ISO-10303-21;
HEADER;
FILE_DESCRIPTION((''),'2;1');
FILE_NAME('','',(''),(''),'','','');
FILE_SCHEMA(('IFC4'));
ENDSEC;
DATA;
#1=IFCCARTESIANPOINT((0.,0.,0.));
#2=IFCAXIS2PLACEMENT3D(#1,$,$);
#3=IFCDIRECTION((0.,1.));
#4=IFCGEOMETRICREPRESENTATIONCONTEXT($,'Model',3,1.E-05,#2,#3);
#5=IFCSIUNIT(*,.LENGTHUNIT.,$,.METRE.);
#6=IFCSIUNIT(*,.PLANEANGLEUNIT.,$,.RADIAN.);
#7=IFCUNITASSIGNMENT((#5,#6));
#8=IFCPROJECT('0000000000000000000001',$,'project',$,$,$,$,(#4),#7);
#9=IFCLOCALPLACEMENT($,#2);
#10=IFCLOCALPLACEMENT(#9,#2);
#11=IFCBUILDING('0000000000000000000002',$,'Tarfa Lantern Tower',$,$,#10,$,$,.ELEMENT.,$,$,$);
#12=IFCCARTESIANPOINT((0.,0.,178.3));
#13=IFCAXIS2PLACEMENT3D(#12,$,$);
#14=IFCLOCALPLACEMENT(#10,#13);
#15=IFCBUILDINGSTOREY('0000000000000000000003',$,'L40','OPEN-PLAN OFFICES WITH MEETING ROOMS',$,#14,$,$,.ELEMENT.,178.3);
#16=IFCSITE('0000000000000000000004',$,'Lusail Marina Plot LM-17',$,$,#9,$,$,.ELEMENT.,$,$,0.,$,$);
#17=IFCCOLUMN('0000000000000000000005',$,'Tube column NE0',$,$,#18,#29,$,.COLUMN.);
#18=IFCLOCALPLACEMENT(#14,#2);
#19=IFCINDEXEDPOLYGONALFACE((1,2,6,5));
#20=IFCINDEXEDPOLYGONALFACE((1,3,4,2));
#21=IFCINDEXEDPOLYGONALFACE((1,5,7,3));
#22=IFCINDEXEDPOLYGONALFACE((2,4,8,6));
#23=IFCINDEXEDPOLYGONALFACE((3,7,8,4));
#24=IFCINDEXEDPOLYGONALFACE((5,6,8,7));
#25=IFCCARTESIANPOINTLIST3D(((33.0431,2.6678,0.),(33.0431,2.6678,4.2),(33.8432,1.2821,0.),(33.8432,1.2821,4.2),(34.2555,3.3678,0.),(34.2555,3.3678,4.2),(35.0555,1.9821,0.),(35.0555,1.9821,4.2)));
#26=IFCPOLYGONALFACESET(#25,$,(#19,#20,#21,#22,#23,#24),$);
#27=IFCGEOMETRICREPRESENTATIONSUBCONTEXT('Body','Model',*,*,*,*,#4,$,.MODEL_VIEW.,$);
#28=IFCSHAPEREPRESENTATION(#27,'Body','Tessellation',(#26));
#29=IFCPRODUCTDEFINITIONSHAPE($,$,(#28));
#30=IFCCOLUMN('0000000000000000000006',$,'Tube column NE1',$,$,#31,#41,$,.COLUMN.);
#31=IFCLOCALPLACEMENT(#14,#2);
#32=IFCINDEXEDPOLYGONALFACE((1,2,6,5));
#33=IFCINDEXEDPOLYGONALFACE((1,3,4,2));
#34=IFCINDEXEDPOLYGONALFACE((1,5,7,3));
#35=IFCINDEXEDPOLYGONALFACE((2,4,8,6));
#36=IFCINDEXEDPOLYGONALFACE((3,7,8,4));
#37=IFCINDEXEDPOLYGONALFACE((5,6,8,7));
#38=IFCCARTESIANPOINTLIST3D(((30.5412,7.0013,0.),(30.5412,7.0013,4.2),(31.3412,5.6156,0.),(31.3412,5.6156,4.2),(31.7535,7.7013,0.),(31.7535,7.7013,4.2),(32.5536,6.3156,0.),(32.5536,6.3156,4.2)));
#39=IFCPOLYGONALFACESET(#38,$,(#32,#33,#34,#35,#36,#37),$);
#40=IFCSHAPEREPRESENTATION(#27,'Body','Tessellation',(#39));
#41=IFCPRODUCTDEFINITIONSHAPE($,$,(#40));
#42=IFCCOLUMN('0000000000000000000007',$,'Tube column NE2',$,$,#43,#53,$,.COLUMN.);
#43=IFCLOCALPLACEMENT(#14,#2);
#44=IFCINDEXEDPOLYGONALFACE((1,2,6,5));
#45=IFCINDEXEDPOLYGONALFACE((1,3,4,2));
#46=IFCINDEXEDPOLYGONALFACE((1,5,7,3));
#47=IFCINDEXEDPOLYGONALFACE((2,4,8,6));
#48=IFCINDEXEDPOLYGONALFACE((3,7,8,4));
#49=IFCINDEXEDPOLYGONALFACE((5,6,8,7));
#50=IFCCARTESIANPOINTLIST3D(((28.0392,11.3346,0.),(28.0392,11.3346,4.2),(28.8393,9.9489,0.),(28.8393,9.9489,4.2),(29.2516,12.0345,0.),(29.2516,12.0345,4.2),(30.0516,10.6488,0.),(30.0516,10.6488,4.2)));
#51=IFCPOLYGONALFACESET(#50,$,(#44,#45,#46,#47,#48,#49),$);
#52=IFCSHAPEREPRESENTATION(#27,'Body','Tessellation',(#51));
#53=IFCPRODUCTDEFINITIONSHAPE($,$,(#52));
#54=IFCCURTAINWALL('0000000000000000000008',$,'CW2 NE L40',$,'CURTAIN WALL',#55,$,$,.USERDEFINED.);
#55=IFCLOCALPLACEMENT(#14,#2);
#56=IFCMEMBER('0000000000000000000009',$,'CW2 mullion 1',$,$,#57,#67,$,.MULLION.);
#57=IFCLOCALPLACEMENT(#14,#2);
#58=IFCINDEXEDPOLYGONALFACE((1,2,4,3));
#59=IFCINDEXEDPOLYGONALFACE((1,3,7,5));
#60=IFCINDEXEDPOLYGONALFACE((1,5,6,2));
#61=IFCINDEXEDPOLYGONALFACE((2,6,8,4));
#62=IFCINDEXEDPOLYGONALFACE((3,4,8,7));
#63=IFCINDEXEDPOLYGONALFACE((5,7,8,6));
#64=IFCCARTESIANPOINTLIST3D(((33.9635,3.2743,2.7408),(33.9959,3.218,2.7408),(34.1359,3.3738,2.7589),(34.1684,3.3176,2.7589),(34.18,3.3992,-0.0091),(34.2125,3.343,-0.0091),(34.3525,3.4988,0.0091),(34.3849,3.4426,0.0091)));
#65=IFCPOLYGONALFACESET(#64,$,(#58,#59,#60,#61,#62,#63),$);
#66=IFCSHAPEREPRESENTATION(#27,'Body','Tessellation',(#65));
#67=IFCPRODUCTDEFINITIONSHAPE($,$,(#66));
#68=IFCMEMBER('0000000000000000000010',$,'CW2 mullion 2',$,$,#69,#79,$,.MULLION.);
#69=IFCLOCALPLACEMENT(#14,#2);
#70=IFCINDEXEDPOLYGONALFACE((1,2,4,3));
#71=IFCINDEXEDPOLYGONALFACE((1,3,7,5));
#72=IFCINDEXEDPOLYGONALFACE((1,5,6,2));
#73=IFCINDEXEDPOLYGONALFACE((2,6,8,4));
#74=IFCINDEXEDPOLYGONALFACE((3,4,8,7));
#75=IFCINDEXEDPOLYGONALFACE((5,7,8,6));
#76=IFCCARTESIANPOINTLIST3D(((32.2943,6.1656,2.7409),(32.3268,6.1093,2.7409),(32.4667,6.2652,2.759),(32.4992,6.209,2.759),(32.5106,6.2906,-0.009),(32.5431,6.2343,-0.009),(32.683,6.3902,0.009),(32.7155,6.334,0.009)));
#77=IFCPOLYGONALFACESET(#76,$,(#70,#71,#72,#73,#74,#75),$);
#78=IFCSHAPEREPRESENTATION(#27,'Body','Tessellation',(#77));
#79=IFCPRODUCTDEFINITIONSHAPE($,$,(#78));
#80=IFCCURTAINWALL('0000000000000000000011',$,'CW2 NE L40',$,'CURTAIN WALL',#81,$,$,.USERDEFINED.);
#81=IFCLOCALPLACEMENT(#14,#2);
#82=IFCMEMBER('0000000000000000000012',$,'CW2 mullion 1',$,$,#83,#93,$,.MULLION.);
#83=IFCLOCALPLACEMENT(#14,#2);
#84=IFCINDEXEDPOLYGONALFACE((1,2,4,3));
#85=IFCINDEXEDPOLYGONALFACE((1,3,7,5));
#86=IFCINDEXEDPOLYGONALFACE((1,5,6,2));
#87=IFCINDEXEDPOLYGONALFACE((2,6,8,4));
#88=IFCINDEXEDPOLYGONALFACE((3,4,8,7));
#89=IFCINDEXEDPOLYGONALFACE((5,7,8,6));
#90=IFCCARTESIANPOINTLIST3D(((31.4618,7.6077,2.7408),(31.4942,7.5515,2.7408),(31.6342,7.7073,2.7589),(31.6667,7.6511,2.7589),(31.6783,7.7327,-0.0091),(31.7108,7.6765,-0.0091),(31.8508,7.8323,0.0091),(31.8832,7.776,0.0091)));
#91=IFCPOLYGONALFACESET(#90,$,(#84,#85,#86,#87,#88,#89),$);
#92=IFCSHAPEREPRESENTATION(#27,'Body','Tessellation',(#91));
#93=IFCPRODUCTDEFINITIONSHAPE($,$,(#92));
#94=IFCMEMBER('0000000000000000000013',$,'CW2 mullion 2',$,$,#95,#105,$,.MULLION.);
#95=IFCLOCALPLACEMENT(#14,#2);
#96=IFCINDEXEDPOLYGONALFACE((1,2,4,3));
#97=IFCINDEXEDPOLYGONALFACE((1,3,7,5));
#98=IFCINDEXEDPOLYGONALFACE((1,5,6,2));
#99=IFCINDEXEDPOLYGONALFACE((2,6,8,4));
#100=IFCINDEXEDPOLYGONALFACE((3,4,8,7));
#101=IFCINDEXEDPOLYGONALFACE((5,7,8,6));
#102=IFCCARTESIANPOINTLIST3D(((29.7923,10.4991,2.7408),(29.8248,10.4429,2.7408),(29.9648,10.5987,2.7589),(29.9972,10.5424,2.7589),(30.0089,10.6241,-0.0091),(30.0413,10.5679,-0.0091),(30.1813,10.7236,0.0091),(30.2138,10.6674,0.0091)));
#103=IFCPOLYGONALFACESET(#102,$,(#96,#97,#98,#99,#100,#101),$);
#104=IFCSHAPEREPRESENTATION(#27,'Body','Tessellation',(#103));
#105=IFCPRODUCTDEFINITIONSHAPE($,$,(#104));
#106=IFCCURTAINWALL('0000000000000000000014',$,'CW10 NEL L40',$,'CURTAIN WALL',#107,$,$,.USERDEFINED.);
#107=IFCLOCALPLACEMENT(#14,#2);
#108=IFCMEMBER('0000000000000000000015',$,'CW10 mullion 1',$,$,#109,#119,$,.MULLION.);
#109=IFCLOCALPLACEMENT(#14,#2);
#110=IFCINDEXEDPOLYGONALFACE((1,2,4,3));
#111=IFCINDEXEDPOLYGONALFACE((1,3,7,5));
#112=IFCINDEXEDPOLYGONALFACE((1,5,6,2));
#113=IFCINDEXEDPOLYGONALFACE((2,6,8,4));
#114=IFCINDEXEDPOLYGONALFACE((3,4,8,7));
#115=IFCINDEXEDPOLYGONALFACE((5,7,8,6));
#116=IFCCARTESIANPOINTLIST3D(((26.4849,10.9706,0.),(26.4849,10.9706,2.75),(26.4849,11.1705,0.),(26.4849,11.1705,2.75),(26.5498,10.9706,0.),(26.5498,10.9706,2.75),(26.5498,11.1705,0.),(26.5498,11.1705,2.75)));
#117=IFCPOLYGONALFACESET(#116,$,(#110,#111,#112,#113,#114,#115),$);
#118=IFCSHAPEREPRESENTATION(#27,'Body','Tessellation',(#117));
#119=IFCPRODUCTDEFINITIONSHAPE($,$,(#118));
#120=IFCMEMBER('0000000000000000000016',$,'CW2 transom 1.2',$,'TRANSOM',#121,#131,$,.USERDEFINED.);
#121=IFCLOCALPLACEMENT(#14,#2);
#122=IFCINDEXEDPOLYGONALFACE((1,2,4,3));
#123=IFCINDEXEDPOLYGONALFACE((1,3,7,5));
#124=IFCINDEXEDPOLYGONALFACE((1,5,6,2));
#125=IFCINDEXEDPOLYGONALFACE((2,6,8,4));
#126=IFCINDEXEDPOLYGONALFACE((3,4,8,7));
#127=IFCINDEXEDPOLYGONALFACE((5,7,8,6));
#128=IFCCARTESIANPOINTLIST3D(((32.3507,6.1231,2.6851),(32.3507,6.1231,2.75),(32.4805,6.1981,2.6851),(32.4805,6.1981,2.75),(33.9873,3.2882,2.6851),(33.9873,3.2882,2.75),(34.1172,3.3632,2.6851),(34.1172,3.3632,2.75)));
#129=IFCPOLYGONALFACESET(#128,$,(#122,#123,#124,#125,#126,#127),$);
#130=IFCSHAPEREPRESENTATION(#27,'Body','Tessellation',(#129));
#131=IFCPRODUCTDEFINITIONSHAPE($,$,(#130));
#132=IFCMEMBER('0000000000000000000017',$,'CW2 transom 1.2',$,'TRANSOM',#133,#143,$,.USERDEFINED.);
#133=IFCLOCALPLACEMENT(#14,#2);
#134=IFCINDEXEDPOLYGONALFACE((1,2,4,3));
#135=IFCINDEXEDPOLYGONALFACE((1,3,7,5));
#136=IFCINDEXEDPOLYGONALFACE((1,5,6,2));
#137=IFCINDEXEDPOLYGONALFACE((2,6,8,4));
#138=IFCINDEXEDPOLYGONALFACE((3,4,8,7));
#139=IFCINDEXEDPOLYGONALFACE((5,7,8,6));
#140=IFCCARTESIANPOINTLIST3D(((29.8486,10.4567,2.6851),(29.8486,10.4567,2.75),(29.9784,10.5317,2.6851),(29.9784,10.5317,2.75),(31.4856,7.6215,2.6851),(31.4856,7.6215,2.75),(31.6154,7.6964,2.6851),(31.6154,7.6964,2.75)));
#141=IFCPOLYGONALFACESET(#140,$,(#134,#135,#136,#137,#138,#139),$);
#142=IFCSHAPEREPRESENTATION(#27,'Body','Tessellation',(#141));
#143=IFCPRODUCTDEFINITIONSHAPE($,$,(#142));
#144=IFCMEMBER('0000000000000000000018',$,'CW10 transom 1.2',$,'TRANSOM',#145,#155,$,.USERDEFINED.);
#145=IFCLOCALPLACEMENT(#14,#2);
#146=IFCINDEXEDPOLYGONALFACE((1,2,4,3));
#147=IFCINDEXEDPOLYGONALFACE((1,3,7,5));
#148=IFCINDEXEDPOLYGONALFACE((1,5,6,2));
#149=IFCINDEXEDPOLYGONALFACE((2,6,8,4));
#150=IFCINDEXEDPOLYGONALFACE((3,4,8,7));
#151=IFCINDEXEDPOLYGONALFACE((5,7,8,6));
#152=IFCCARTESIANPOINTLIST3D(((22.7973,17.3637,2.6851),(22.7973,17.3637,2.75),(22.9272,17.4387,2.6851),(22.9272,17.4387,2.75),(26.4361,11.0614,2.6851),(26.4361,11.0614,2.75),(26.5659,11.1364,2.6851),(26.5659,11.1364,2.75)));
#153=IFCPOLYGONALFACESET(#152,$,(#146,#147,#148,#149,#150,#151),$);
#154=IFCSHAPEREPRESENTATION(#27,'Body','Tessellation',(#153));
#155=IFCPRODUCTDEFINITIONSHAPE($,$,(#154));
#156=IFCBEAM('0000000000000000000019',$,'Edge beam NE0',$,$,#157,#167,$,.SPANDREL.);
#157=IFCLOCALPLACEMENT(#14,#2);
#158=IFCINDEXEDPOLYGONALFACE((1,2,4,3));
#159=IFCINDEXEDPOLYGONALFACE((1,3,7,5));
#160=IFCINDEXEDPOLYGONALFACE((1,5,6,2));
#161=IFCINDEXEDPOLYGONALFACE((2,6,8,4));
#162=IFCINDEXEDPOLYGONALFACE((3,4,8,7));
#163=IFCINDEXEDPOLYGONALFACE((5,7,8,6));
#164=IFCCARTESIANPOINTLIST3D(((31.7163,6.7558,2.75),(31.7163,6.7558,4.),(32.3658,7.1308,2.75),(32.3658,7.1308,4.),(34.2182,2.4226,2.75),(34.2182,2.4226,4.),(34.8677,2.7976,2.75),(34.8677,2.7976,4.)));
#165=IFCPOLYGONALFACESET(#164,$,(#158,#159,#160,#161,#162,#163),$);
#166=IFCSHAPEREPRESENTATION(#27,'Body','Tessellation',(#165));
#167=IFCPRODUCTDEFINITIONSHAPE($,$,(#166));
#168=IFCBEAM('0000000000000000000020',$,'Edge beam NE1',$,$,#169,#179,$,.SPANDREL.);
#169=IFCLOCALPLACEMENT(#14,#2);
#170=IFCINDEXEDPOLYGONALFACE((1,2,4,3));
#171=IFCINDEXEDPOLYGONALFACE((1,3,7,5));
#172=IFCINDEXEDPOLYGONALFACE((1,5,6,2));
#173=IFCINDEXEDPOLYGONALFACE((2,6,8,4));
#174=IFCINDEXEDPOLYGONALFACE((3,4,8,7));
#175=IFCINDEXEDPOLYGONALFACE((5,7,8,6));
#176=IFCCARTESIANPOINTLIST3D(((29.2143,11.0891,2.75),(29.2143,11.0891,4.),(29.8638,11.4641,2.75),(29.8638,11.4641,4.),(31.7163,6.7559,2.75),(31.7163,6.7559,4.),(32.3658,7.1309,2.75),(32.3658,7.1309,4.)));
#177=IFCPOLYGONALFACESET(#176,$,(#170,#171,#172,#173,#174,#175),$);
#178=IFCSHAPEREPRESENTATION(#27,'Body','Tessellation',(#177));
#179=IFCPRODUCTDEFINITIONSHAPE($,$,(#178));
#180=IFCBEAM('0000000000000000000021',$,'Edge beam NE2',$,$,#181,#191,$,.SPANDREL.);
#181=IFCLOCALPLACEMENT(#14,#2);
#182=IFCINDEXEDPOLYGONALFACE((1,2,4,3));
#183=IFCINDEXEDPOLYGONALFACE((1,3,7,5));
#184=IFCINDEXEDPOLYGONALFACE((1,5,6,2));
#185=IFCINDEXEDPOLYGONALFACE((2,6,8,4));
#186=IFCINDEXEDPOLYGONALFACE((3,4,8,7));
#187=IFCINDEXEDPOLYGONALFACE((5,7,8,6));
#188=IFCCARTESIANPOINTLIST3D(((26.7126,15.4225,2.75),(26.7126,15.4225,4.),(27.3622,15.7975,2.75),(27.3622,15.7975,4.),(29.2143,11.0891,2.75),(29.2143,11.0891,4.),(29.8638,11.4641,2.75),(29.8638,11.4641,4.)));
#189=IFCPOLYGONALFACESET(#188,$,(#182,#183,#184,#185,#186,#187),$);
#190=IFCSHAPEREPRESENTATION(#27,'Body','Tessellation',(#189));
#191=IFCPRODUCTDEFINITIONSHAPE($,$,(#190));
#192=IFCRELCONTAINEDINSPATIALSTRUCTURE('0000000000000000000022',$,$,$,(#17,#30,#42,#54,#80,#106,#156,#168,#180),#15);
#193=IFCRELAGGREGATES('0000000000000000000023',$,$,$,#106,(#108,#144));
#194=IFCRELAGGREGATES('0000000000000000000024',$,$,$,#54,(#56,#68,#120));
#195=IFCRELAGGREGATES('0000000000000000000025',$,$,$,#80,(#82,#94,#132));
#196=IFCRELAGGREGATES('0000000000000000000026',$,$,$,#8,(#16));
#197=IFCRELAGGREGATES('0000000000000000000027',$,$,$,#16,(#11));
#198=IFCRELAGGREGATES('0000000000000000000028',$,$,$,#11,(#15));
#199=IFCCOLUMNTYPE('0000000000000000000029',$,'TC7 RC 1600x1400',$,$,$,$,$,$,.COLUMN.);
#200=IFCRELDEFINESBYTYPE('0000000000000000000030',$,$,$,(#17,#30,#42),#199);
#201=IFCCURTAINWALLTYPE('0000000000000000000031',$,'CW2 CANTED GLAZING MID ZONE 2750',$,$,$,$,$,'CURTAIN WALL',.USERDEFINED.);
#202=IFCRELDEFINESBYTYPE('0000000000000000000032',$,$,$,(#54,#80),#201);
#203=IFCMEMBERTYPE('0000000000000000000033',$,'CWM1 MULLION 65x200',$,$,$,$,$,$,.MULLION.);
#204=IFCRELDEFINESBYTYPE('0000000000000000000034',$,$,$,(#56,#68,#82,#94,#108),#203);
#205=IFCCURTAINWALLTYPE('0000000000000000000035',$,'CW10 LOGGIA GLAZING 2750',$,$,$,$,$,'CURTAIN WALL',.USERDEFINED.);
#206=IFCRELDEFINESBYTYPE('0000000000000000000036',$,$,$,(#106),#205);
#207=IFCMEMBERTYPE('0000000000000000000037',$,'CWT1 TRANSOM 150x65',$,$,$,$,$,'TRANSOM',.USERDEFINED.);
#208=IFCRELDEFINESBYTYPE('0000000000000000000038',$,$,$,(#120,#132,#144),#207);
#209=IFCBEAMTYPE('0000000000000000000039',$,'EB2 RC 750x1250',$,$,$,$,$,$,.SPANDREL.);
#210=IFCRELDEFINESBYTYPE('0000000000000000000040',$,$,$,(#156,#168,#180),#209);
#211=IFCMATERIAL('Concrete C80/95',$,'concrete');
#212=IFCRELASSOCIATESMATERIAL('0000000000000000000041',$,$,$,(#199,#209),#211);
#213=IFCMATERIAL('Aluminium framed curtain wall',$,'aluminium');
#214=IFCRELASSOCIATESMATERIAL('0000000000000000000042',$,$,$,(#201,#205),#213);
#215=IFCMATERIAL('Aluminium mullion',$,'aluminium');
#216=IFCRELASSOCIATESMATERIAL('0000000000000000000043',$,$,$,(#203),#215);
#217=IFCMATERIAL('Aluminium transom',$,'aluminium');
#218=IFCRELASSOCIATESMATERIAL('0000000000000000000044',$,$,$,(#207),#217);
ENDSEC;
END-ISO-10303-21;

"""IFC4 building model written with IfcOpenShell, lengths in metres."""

from ifc_helpers import new_model, si_unit, direction, frame, origin, origin_2d, place, context, subcontext, project, spatial, rectangle, extrude, material, material_profile, profile_set, type_object, element, aggregate, save


model = new_model("IFC4")

# Units and contexts
model_context = context("Model", 3, precision=1e-05, world=origin(), true_north=direction((0.0, 1.0)))
body_context = subcontext(model_context, "Body", "Model", "MODEL_VIEW")
ifc_project = project(units=[si_unit("LENGTHUNIT", "METRE"), si_unit("PLANEANGLEUNIT", "RADIAN")], contexts=[model_context])

# Site, building, storey
site_placement = place(None, origin())
site = spatial("IfcSite", under=ifc_project, at=site_placement, Name="Lusail Marina Plot LM-17", CompositionType="ELEMENT", RefElevation=0.0)
building_placement = place(site_placement, origin())
building = spatial("IfcBuilding", under=site, at=building_placement, Name="Tarfa Lantern Tower", CompositionType="ELEMENT")
storey_placement = place(building_placement, frame((0.0, 0.0, 178.3)))
storey = spatial("IfcBuildingStorey", under=building, at=storey_placement, Name="L40", Description="OPEN-PLAN OFFICES WITH MEETING ROOMS", CompositionType="ELEMENT", Elevation=178.3)

# Columns
ifc_material_1 = material(Name="Concrete C80/95", Category="concrete")
ifc_material_profile_1 = material_profile(ifc_material_1, rectangle(XDim=1.6001, YDim=1.3999, at=origin_2d()), Name="RC 1600x1400")
ifc_profile_set_1 = profile_set([ifc_material_profile_1], Name="Concrete C80/95")
column_type = type_object("IfcColumnType", Name="TC7 RC 1600x1400", PredefinedType="COLUMN", material=ifc_profile_set_1)
for number, where, z_axis, x_axis, name in (
    (1, (34.0493, 2.325, 0.0), (0.0, 0.0, 1.0), (-0.5, 0.866025, 0.0), "Tube column NE0"),
    (2, (31.5474, 6.6584, 0.0), (0.0, 0.0, 1.0), (-0.5, 0.866025, 0.0), "Tube column NE1"),
    (3, (29.0454, 10.9917, 0.0), (0.0, 0.0, 1.0), (-0.5, 0.866025, 0.0), "Tube column NE2"),
):
    element("IfcColumn", number, at=place(storey_placement, frame(where, z_axis=z_axis, x_axis=x_axis)), inside=storey, type_object=column_type, Name=name, PredefinedType="COLUMN", context=body_context, shape_type="SweptSolid", body=[
        extrude(rectangle(XDim=1.6001, YDim=1.3999, at=origin_2d()), origin(), (0.0, 0.0, 1.0), 4.2),
    ])

# Curtain walls, members
ifc_material_2 = material(Name="Aluminium framed curtain wall", Category="aluminium")
curtain_wall_type_1 = type_object("IfcCurtainWallType", Name="CW2 CANTED GLAZING MID ZONE 2750", ElementType="CURTAIN WALL", PredefinedType="USERDEFINED", material=ifc_material_2)
curtain_wall_1_placement = place(storey_placement, origin())
curtain_wall_1 = element("IfcCurtainWall", 4, at=curtain_wall_1_placement, inside=storey, type_object=curtain_wall_type_1, Name="CW2 NE L40", ObjectType="CURTAIN WALL", PredefinedType="USERDEFINED")
ifc_material_3 = material(Name="Aluminium mullion", Category="aluminium")
ifc_material_profile_2 = material_profile(ifc_material_3, rectangle(XDim=0.0649, YDim=0.2, at=origin_2d()), Name="AL MULLION 65x200")
ifc_profile_set_2 = profile_set([ifc_material_profile_2], Name="Aluminium mullion")
member_type_1 = type_object("IfcMemberType", Name="CWM1 MULLION 65x200", PredefinedType="MULLION", material=ifc_profile_set_2)
member_1_placement = place(storey_placement, frame((34.2825, 3.4209, 0.0), z_axis=(-0.078423, -0.045268, 0.995892), x_axis=(0.49992, -0.866072, 0.0)))
member_1 = element("IfcMember", 5, at=member_1_placement, type_object=member_type_1, Name="CW2 mullion 1", PredefinedType="MULLION", context=body_context, shape_type="SweptSolid", body=[
    extrude(rectangle(XDim=0.0649, YDim=0.2, at=origin_2d()), origin(), (0.0, 0.0, 1.0), 2.7612),
])
member_2_placement = place(storey_placement, frame((32.613, 6.3123, 0.0), z_axis=(-0.078335, -0.045268, 0.995899), x_axis=(0.500343, -0.865827, 0.0)))
member_2 = element("IfcMember", 6, at=member_2_placement, type_object=member_type_1, Name="CW2 mullion 2", PredefinedType="MULLION", context=body_context, shape_type="SweptSolid", body=[
    extrude(rectangle(XDim=0.0649, YDim=0.2, at=origin_2d()), origin(), (0.0, 0.0, 1.0), 2.7612),
])
curtain_wall_2_placement = place(storey_placement, origin())
curtain_wall_2 = element("IfcCurtainWall", 7, at=curtain_wall_2_placement, inside=storey, type_object=curtain_wall_type_1, Name="CW2 NE L40", ObjectType="CURTAIN WALL", PredefinedType="USERDEFINED")
member_3_placement = place(storey_placement, frame((31.7808, 7.7544, 0.0), z_axis=(-0.078423, -0.045268, 0.995892), x_axis=(0.49992, -0.866072, 0.0)))
member_3 = element("IfcMember", 8, at=member_3_placement, type_object=member_type_1, Name="CW2 mullion 1", PredefinedType="MULLION", context=body_context, shape_type="SweptSolid", body=[
    extrude(rectangle(XDim=0.0649, YDim=0.2, at=origin_2d()), origin(), (0.0, 0.0, 1.0), 2.7612),
])
member_4_placement = place(storey_placement, frame((30.1113, 10.6458, 0.0), z_axis=(-0.078423, -0.045268, 0.995892), x_axis=(0.49992, -0.866072, 0.0)))
member_4 = element("IfcMember", 9, at=member_4_placement, type_object=member_type_1, Name="CW2 mullion 2", PredefinedType="MULLION", context=body_context, shape_type="SweptSolid", body=[
    extrude(rectangle(XDim=0.0649, YDim=0.2, at=origin_2d()), origin(), (0.0, 0.0, 1.0), 2.7612),
])

# Curtain wall, member
curtain_wall_type_2 = type_object("IfcCurtainWallType", Name="CW10 LOGGIA GLAZING 2750", ElementType="CURTAIN WALL", PredefinedType="USERDEFINED", material=ifc_material_2)
curtain_wall_3_placement = place(storey_placement, origin())
curtain_wall_3 = element("IfcCurtainWall", 10, at=curtain_wall_3_placement, inside=storey, type_object=curtain_wall_type_2, Name="CW10 NEL L40", ObjectType="CURTAIN WALL", PredefinedType="USERDEFINED")
member_5_placement = place(storey_placement, frame((26.5173, 11.0706, 0.0), z_axis=(0.0, 0.0, 1.0), x_axis=(1.0, 0.0, 0.0)))
member_5 = element("IfcMember", 11, at=member_5_placement, type_object=member_type_1, Name="CW10 mullion 1", PredefinedType="MULLION", context=body_context, shape_type="SweptSolid", body=[
    extrude(rectangle(XDim=0.0649, YDim=0.2, at=origin_2d()), origin(), (0.0, 0.0, 1.0), 2.75),
])

# Members
ifc_material_4 = material(Name="Aluminium transom", Category="aluminium")
ifc_material_profile_3 = material_profile(ifc_material_4, rectangle(XDim=0.1499, YDim=0.0649, at=origin_2d()), Name="AL TRANSOM 150x65")
ifc_profile_set_3 = profile_set([ifc_material_profile_3], Name="Aluminium transom")
member_type_2 = type_object("IfcMemberType", Name="CWT1 TRANSOM 150x65", ElementType="TRANSOM", PredefinedType="USERDEFINED", material=ifc_profile_set_3)
member_6_placement = place(storey_placement, frame((34.0522, 3.3257, 2.7175), z_axis=(-0.499989, 0.866032, 0.0), x_axis=(-0.866032, -0.499989, 0.0)))
member_6 = element("IfcMember", 12, at=member_6_placement, type_object=member_type_2, Name="CW2 transom 1.2", ObjectType="TRANSOM", PredefinedType="USERDEFINED", context=body_context, shape_type="SweptSolid", body=[
    extrude(rectangle(XDim=0.1499, YDim=0.0649, at=origin_2d()), origin(), (0.0, 0.0, 1.0), 3.2734),
])
member_7_placement = place(storey_placement, frame((31.5505, 7.6589, 2.7175), z_axis=(-0.500013, 0.866018, 0.0), x_axis=(-0.866018, -0.500013, 0.0)))
member_7 = element("IfcMember", 13, at=member_7_placement, type_object=member_type_2, Name="CW2 transom 1.2", ObjectType="TRANSOM", PredefinedType="USERDEFINED", context=body_context, shape_type="SweptSolid", body=[
    extrude(rectangle(XDim=0.1499, YDim=0.0649, at=origin_2d()), origin(), (0.0, 0.0, 1.0), 3.2739),
])
member_8_placement = place(storey_placement, frame((26.501, 11.0989, 2.7175), z_axis=(-0.500007, 0.866021, 0.0), x_axis=(-0.866021, -0.500007, 0.0)))
member_8 = element("IfcMember", 14, at=member_8_placement, type_object=member_type_2, Name="CW10 transom 1.2", ObjectType="TRANSOM", PredefinedType="USERDEFINED", context=body_context, shape_type="SweptSolid", body=[
    extrude(rectangle(XDim=0.1499, YDim=0.0649, at=origin_2d()), origin(), (0.0, 0.0, 1.0), 7.2773),
])
aggregate(curtain_wall_3, [member_5, member_8])

# Beams
ifc_material_profile_4 = material_profile(ifc_material_1, rectangle(XDim=0.75, YDim=1.25, at=origin_2d()), Name="RC 750x1250")
ifc_profile_set_4 = profile_set([ifc_material_profile_4], Name="Concrete C80/95")
beam_type_1 = type_object("IfcBeamType", Name="EB2 RC 750x1250", PredefinedType="SPANDREL", material=ifc_profile_set_4)
for number, where, z_axis, x_axis, name in (
    (15, (34.543, 2.6101, 3.375), (-0.500022, 0.866013, 0.0), (-0.866013, -0.500022, 0.0), "Edge beam NE0"),
    (16, (32.041, 6.9434, 3.375), (-0.500022, 0.866013, 0.0), (-0.866013, -0.500022, 0.0), "Edge beam NE1"),
    (17, (29.5391, 11.2766, 3.375), (-0.499965, 0.866046, 0.0), (-0.866046, -0.499965, 0.0), "Edge beam NE2"),
):
    element("IfcBeam", number, at=place(storey_placement, frame(where, z_axis=z_axis, x_axis=x_axis)), inside=storey, type_object=beam_type_1, Name=name, PredefinedType="SPANDREL", context=body_context, shape_type="SweptSolid", body=[
        extrude(rectangle(XDim=0.75, YDim=1.25, at=origin_2d()), origin(), (0.0, 0.0, 1.0), 5.0037),
    ])

aggregate(curtain_wall_1, [member_1, member_2, member_6])
aggregate(curtain_wall_2, [member_3, member_4, member_7])

save(model, "model.ifc")
